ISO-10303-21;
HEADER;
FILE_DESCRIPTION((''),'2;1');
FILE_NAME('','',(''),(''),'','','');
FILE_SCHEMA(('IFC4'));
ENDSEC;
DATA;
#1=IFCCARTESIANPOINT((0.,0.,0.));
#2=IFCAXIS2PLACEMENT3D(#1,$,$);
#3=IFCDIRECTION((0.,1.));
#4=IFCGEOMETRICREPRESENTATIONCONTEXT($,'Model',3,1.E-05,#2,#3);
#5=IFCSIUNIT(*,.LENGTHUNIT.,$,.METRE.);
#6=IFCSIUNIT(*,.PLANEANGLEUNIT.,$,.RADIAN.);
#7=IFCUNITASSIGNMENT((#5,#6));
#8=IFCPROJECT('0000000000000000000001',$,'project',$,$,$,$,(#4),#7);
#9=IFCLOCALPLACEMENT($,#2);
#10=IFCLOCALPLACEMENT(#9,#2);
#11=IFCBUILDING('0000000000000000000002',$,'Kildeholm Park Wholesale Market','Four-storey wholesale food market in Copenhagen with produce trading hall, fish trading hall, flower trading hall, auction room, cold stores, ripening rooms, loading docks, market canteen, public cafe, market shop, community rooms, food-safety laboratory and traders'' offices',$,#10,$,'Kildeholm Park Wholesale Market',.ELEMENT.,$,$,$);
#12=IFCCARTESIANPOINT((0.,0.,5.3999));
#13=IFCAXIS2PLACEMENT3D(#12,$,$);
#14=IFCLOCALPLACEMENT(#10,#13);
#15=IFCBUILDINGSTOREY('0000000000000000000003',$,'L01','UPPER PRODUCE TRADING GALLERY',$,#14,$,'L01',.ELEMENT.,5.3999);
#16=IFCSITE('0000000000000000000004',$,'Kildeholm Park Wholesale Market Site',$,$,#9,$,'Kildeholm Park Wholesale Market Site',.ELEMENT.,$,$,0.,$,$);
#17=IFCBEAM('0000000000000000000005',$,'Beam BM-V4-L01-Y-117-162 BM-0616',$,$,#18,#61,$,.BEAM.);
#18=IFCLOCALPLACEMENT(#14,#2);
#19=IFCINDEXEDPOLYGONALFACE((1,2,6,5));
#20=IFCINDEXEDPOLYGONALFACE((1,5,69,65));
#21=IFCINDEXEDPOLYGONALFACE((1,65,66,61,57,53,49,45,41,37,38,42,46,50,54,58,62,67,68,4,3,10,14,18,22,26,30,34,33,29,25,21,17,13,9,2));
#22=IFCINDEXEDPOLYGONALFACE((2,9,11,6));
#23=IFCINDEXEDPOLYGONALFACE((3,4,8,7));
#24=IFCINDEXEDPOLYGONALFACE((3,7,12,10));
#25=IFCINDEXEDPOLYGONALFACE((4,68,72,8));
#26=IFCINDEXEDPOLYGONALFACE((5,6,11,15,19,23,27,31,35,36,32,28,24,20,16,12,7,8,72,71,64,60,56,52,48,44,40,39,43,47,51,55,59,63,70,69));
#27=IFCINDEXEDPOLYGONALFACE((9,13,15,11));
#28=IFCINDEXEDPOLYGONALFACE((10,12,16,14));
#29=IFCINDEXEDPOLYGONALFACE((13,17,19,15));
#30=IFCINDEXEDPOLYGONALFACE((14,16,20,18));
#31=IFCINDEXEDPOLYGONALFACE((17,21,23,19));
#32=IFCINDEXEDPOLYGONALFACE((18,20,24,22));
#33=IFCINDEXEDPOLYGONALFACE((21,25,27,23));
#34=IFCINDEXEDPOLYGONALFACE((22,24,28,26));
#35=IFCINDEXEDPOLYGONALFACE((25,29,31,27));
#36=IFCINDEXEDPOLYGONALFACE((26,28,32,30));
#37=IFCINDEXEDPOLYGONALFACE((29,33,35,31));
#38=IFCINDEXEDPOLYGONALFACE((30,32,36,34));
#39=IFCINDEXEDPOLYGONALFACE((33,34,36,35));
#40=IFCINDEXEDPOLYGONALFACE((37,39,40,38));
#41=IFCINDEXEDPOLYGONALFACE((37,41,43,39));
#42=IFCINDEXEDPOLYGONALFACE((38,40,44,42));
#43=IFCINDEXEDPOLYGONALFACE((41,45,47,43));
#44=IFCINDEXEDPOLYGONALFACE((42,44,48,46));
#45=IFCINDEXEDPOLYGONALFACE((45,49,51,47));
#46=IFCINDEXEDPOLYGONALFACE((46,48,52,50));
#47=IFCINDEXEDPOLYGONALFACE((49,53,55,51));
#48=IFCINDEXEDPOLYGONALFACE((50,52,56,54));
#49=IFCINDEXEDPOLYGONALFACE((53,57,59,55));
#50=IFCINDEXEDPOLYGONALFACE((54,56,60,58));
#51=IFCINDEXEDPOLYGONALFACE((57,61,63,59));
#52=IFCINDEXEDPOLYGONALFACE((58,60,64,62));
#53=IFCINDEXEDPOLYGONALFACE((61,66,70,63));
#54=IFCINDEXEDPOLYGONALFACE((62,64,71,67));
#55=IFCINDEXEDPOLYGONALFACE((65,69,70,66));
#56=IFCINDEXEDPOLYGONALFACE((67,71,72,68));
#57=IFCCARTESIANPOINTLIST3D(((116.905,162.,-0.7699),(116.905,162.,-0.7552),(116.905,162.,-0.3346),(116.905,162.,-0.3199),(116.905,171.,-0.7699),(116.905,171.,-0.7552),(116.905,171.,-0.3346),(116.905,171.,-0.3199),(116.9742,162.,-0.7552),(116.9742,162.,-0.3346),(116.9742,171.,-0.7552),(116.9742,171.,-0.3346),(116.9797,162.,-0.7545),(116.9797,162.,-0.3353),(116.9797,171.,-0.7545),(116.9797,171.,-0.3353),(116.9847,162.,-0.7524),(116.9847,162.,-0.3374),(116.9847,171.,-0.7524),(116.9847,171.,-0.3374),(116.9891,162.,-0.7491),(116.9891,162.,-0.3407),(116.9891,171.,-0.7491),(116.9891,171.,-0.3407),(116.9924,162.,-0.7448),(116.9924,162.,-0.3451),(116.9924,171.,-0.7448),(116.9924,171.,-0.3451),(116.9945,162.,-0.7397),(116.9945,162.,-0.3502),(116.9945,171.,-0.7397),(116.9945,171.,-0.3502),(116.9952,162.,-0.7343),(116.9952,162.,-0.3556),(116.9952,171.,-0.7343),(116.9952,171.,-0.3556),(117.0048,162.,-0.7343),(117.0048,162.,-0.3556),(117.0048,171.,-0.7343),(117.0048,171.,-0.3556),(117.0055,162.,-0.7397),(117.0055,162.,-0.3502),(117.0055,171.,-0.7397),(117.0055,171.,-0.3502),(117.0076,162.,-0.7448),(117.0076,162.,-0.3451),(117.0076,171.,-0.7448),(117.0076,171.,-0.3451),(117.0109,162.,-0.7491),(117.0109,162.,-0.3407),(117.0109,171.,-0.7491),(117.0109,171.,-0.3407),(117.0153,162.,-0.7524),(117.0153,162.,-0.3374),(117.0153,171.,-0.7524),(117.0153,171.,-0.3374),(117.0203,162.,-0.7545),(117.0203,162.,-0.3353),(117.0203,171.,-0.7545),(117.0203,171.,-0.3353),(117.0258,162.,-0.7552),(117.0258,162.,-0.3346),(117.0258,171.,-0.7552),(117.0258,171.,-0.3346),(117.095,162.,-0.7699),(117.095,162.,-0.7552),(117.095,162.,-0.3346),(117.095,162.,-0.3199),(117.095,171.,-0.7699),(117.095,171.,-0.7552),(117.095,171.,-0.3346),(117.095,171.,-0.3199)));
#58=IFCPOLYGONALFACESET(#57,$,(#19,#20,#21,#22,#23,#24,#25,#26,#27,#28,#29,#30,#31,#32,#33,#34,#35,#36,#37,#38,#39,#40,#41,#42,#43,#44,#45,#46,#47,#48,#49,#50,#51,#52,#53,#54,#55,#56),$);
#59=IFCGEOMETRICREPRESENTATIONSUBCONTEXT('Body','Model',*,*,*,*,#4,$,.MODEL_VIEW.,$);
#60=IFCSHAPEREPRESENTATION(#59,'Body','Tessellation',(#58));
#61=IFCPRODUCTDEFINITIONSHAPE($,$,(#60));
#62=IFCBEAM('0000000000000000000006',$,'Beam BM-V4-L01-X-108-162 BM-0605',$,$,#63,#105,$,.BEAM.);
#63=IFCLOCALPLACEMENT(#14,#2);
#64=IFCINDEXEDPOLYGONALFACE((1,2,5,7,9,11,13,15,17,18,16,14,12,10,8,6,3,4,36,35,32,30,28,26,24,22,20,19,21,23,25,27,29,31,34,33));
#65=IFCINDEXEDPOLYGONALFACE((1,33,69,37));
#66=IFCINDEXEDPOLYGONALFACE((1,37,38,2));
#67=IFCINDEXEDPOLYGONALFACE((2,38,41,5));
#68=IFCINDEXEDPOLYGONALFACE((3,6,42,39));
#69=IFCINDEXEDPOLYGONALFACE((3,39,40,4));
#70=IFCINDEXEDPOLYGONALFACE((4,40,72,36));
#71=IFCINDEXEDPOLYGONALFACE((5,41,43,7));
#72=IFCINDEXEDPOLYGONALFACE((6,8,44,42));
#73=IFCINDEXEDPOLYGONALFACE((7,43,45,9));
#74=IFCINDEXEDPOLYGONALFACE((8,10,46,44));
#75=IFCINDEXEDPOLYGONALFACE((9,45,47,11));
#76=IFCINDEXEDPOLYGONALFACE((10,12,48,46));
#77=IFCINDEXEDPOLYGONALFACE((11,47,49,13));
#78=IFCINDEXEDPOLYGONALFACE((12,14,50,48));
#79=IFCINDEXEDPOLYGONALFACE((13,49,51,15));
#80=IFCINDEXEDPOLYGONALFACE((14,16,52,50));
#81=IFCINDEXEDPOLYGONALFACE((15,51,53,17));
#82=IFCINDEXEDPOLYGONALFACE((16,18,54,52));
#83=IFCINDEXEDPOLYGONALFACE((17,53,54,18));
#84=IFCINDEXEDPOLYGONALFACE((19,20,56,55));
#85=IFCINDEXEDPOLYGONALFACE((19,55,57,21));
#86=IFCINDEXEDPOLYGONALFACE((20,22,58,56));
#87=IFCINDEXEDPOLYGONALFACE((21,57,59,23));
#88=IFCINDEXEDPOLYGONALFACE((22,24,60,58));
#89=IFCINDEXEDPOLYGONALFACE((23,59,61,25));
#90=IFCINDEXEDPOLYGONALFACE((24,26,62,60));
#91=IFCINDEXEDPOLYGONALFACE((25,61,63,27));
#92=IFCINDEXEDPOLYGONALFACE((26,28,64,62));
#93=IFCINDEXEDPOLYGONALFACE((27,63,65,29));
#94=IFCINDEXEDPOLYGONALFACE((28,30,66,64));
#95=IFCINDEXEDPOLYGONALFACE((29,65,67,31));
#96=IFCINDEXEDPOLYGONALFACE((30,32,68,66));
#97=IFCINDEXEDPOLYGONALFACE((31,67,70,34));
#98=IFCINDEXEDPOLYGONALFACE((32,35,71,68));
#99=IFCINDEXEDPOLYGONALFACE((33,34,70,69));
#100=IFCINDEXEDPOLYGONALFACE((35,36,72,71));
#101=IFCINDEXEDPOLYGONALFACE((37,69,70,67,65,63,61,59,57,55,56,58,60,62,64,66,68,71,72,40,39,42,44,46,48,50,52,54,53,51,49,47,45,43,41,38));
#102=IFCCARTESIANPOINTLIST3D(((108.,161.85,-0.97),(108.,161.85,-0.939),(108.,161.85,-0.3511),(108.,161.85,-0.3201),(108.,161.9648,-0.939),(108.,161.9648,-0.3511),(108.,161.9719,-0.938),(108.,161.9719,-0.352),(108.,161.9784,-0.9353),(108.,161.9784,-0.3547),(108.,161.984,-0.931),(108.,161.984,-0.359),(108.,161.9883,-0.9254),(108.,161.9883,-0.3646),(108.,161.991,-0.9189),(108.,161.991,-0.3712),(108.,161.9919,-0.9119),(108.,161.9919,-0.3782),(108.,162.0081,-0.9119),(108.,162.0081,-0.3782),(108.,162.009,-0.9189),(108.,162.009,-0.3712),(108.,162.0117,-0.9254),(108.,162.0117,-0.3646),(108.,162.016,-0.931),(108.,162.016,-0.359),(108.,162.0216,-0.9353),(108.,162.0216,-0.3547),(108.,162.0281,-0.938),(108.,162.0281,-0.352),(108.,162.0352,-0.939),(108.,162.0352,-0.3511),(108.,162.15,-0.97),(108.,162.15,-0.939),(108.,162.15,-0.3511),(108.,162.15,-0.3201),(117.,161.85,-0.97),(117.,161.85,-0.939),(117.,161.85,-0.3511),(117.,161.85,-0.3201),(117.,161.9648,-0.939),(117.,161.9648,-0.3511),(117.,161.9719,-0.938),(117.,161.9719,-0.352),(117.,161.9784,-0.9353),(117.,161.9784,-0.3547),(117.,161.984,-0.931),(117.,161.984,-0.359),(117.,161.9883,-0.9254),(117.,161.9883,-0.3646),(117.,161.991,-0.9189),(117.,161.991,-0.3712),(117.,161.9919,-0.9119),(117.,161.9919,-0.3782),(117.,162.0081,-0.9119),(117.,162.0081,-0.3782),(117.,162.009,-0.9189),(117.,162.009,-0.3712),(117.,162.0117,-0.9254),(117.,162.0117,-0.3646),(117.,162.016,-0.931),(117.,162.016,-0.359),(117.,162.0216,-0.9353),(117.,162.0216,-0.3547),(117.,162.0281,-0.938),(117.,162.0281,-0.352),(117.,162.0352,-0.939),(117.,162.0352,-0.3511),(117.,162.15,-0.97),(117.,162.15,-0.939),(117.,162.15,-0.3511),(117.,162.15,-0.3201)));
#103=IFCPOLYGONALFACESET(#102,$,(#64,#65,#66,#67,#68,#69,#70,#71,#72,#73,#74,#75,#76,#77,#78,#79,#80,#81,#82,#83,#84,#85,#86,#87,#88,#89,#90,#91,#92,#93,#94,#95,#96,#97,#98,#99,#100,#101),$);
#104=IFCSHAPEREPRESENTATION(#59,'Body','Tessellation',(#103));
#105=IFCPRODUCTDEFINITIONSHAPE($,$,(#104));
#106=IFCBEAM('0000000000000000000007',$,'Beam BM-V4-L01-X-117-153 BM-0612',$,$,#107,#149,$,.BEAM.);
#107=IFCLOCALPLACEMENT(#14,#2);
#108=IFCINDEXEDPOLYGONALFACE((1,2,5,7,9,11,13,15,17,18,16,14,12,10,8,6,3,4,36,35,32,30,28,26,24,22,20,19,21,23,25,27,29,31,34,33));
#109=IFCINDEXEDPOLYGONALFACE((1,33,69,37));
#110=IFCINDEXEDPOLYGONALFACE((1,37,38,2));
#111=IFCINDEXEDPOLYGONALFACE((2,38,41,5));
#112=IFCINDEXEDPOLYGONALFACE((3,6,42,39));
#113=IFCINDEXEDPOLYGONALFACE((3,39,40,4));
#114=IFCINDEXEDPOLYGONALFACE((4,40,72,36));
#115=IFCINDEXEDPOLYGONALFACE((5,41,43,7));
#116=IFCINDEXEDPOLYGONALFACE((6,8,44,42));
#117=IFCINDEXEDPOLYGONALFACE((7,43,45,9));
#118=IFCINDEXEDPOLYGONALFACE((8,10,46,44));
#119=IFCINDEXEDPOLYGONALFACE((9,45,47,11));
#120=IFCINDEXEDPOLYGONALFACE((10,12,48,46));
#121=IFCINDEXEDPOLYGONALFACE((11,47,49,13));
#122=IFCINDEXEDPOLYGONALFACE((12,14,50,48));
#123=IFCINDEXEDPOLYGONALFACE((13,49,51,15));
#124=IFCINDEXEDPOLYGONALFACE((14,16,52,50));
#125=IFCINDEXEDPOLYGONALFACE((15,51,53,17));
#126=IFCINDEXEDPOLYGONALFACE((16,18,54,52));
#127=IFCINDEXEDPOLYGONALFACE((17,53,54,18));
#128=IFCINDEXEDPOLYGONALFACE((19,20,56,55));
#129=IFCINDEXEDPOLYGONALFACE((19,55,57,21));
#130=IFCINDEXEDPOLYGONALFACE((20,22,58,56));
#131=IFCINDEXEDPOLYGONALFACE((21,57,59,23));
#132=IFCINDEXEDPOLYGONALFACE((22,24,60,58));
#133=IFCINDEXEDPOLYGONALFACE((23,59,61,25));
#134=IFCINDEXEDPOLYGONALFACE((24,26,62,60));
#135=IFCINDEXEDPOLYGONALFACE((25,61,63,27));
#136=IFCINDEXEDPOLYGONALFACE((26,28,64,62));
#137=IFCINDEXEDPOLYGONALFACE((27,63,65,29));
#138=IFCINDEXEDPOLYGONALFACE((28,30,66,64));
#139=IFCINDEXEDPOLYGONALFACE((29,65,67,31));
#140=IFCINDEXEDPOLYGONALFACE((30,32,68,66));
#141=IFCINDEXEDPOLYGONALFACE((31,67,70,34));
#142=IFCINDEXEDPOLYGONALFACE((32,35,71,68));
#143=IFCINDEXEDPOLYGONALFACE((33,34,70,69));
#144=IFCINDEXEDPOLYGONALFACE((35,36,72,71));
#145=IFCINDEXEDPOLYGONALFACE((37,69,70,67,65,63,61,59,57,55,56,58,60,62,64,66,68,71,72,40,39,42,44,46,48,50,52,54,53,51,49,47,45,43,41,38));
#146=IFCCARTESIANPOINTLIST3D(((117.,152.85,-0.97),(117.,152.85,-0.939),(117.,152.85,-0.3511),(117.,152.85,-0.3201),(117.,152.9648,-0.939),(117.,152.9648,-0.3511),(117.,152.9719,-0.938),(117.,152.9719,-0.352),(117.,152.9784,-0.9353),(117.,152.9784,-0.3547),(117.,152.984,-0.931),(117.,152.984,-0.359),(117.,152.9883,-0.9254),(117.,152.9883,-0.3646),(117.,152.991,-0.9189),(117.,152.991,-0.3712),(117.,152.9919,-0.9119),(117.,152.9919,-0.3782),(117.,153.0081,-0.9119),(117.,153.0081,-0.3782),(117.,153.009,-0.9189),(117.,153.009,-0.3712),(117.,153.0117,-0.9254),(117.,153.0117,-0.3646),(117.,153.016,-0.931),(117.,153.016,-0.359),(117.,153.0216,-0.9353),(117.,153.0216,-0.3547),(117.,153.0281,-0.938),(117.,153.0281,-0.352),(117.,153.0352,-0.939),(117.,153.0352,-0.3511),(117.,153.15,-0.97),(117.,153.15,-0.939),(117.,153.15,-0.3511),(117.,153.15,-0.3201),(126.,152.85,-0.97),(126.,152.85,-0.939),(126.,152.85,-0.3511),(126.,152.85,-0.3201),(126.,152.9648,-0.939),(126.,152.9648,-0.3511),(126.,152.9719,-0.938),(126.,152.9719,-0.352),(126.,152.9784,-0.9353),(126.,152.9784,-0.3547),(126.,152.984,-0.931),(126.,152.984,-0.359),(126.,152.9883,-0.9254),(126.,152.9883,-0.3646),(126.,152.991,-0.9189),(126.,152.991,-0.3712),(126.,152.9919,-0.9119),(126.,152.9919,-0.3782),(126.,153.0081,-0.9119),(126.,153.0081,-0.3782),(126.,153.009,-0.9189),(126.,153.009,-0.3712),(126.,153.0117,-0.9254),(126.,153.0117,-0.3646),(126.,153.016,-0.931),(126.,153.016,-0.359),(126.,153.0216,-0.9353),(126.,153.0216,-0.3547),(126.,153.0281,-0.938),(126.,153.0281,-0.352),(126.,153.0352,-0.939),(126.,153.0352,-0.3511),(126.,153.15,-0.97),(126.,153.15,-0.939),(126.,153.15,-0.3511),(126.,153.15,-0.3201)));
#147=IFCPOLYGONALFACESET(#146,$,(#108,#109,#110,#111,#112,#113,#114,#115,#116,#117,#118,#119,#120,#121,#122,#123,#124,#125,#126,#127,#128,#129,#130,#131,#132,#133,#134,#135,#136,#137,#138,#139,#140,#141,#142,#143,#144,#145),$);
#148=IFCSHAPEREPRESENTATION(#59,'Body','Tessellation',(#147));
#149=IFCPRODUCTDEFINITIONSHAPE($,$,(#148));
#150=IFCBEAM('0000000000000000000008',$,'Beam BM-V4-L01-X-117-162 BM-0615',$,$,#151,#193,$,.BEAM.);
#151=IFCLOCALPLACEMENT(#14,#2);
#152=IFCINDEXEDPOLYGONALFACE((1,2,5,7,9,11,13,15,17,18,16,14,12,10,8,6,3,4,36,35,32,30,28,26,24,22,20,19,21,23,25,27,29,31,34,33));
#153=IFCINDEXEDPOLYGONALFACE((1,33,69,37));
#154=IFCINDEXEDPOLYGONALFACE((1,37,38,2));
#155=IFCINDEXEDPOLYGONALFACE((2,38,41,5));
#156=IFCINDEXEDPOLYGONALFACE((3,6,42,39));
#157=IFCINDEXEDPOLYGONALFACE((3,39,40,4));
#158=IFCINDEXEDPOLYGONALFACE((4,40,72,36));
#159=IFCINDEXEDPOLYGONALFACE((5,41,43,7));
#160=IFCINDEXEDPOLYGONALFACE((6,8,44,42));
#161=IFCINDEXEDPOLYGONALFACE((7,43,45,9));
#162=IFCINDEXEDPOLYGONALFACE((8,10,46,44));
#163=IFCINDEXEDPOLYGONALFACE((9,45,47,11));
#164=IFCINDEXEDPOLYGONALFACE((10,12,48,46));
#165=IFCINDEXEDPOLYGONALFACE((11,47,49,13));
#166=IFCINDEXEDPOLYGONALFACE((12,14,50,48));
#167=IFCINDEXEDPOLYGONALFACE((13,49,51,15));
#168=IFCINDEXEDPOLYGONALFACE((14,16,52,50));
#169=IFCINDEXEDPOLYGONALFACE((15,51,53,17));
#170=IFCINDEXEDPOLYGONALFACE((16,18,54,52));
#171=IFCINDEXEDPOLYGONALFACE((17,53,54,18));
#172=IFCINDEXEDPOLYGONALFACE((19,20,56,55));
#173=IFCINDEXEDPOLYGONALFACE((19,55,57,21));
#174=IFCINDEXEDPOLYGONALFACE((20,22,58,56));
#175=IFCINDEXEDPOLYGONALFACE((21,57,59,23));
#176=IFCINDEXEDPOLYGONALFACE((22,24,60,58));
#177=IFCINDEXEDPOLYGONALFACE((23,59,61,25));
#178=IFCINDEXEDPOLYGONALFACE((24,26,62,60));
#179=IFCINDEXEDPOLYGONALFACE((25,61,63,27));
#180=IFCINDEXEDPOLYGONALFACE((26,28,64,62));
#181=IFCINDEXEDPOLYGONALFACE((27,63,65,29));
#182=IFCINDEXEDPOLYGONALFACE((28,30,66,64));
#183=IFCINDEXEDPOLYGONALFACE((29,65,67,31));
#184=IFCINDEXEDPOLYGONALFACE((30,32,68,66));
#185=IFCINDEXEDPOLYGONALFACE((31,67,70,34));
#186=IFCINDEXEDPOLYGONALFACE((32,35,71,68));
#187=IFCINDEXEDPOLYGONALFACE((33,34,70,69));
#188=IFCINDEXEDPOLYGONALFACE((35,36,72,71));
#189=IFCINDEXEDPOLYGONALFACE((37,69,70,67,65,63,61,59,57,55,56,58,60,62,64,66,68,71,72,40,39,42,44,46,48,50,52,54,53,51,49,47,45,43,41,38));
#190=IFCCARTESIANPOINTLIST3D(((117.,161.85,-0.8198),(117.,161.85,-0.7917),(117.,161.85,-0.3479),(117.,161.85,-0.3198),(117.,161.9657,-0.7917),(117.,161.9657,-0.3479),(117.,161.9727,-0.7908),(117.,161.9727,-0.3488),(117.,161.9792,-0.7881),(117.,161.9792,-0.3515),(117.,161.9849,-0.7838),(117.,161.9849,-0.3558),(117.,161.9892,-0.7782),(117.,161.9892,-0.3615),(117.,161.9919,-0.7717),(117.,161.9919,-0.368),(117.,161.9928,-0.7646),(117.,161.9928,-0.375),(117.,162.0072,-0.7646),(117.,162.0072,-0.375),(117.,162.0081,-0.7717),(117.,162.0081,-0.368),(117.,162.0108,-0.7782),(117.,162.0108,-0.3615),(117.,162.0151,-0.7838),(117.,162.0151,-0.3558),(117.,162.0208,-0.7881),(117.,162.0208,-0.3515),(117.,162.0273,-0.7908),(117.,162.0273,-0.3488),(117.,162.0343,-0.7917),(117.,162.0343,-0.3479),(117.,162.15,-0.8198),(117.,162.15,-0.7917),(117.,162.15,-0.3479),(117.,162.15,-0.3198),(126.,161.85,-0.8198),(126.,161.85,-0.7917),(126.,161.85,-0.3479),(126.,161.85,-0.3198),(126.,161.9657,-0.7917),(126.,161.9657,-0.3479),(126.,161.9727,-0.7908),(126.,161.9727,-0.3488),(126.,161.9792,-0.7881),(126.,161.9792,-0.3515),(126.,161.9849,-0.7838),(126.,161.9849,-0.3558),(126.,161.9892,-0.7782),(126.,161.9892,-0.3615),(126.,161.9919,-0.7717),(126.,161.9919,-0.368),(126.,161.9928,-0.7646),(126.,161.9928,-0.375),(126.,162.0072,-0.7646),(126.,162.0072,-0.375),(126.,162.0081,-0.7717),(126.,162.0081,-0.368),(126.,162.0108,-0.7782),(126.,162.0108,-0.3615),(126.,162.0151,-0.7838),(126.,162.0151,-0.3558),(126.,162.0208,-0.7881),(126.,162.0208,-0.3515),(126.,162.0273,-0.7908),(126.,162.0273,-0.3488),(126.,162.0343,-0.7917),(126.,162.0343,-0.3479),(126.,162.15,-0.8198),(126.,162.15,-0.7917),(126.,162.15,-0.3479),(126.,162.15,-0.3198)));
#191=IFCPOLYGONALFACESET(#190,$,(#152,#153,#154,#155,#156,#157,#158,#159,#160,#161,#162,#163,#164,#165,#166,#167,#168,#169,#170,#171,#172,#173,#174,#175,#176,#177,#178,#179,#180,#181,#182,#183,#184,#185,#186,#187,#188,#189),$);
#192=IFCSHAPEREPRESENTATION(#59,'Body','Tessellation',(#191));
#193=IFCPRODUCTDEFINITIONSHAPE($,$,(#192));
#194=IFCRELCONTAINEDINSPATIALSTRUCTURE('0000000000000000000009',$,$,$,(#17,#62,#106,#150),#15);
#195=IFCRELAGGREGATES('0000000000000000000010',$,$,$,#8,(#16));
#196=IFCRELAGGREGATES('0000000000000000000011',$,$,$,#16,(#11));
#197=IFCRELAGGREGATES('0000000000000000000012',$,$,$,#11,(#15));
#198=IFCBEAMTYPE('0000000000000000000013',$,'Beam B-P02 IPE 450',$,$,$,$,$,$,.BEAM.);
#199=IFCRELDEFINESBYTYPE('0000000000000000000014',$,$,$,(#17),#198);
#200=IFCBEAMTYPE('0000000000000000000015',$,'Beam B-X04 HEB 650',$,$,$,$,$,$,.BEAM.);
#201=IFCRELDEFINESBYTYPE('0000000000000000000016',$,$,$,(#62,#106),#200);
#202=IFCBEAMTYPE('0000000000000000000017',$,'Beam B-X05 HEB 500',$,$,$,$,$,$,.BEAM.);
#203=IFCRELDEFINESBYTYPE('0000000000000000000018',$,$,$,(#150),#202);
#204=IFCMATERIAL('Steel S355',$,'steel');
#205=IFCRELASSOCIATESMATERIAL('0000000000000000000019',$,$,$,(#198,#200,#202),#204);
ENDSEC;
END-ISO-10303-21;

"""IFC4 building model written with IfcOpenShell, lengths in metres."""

from ifc_helpers import new_model, si_unit, direction, frame, origin, origin_2d, place, context, subcontext, project, spatial, i_section, extrude, material, material_profile, profile_set, type_object, element, save


model = new_model("IFC4")

# Units and contexts
model_context = context("Model", 3, precision=1e-05, world=origin(), true_north=direction((0.0, 1.0)))
body_context = subcontext(model_context, "Body", "Model", "MODEL_VIEW")
ifc_project = project(units=[si_unit("LENGTHUNIT", "METRE"), si_unit("PLANEANGLEUNIT", "RADIAN")], contexts=[model_context])

# Site, building, storey
site_placement = place(None, origin())
site = spatial("IfcSite", under=ifc_project, at=site_placement, Name="Kildeholm Park Wholesale Market Site", LongName="Kildeholm Park Wholesale Market Site", CompositionType="ELEMENT", RefElevation=0.0)
building_placement = place(site_placement, origin())
building = spatial("IfcBuilding", under=site, at=building_placement, Name="Kildeholm Park Wholesale Market", Description="Four-storey wholesale food market in Copenhagen with produce trading hall, fish trading hall, flower trading hall, auction room, cold stores, ripening rooms, loading docks, market canteen, public cafe, market shop, community rooms, food-safety laboratory and traders' offices", LongName="Kildeholm Park Wholesale Market", CompositionType="ELEMENT")
storey_placement = place(building_placement, frame((0.0, 0.0, 5.3999)))
storey = spatial("IfcBuildingStorey", under=building, at=storey_placement, Name="L01", Description="UPPER PRODUCE TRADING GALLERY", LongName="L01", CompositionType="ELEMENT", Elevation=5.3999)

# Beams
ifc_material_1 = material(Name="Steel S355", Category="steel")
ifc_material_profile_1 = material_profile(ifc_material_1, i_section(OverallWidth=0.1899, OverallDepth=0.45, WebThickness=0.0095, FlangeThickness=0.0146, FilletRadius=0.021, at=origin_2d()), Name="IPE 450")
ifc_profile_set_1 = profile_set([ifc_material_profile_1], Name="Steel S355")
beam_type_1 = type_object("IfcBeamType", Name="Beam B-P02 IPE 450", PredefinedType="BEAM", material=ifc_profile_set_1)
for number, where, z_axis, x_axis, name in (
    (1, (117.0, 162.0, -0.5449), (0.0, 1.0, 0.0), (-1.0, 0.0, 0.0), "Beam BM-V4-L01-Y-117-162 BM-0616"),
):
    element("IfcBeam", number, at=place(storey_placement, frame(where, z_axis=z_axis, x_axis=x_axis)), inside=storey, type_object=beam_type_1, Name=name, PredefinedType="BEAM", context=body_context, shape_type="SweptSolid", body=[
        extrude(i_section(OverallWidth=0.1899, OverallDepth=0.45, WebThickness=0.0095, FlangeThickness=0.0146, FilletRadius=0.021, at=origin_2d()), origin(), (0.0, 0.0, 1.0), 9.0),
    ])
ifc_material_profile_2 = material_profile(ifc_material_1, i_section(OverallWidth=0.3, OverallDepth=0.6499, WebThickness=0.0161, FlangeThickness=0.031, FilletRadius=0.0271, at=origin_2d()), Name="HEB 650")
ifc_profile_set_2 = profile_set([ifc_material_profile_2], Name="Steel S355")
beam_type_2 = type_object("IfcBeamType", Name="Beam B-X04 HEB 650", PredefinedType="BEAM", material=ifc_profile_set_2)
for number, where, z_axis, x_axis, name in (
    (2, (108.0, 162.0, -0.645), (1.0, 0.0, 0.0), (0.0, 1.0, 0.0), "Beam BM-V4-L01-X-108-162 BM-0605"),
    (3, (117.0, 153.0, -0.645), (1.0, 0.0, 0.0), (0.0, 1.0, 0.0), "Beam BM-V4-L01-X-117-153 BM-0612"),
):
    element("IfcBeam", number, at=place(storey_placement, frame(where, z_axis=z_axis, x_axis=x_axis)), inside=storey, type_object=beam_type_2, Name=name, PredefinedType="BEAM", context=body_context, shape_type="SweptSolid", body=[
        extrude(i_section(OverallWidth=0.3, OverallDepth=0.6499, WebThickness=0.0161, FlangeThickness=0.031, FilletRadius=0.0271, at=origin_2d()), origin(), (0.0, 0.0, 1.0), 9.0),
    ])
ifc_material_profile_3 = material_profile(ifc_material_1, i_section(OverallWidth=0.3, OverallDepth=0.5, WebThickness=0.0144, FlangeThickness=0.0281, FilletRadius=0.0271, at=origin_2d()), Name="HEB 500")
ifc_profile_set_3 = profile_set([ifc_material_profile_3], Name="Steel S355")
beam_type_3 = type_object("IfcBeamType", Name="Beam B-X05 HEB 500", PredefinedType="BEAM", material=ifc_profile_set_3)
beam_placement = place(storey_placement, frame((117.0, 162.0, -0.5698), z_axis=(1.0, 0.0, 0.0), x_axis=(0.0, 1.0, 0.0)))
element("IfcBeam", 4, at=beam_placement, inside=storey, type_object=beam_type_3, Name="Beam BM-V4-L01-X-117-162 BM-0615", PredefinedType="BEAM", context=body_context, shape_type="SweptSolid", body=[
    extrude(i_section(OverallWidth=0.3, OverallDepth=0.5, WebThickness=0.0144, FlangeThickness=0.0281, FilletRadius=0.0271, at=origin_2d()), origin(), (0.0, 0.0, 1.0), 9.0),
])

save(model, "model.ifc")
